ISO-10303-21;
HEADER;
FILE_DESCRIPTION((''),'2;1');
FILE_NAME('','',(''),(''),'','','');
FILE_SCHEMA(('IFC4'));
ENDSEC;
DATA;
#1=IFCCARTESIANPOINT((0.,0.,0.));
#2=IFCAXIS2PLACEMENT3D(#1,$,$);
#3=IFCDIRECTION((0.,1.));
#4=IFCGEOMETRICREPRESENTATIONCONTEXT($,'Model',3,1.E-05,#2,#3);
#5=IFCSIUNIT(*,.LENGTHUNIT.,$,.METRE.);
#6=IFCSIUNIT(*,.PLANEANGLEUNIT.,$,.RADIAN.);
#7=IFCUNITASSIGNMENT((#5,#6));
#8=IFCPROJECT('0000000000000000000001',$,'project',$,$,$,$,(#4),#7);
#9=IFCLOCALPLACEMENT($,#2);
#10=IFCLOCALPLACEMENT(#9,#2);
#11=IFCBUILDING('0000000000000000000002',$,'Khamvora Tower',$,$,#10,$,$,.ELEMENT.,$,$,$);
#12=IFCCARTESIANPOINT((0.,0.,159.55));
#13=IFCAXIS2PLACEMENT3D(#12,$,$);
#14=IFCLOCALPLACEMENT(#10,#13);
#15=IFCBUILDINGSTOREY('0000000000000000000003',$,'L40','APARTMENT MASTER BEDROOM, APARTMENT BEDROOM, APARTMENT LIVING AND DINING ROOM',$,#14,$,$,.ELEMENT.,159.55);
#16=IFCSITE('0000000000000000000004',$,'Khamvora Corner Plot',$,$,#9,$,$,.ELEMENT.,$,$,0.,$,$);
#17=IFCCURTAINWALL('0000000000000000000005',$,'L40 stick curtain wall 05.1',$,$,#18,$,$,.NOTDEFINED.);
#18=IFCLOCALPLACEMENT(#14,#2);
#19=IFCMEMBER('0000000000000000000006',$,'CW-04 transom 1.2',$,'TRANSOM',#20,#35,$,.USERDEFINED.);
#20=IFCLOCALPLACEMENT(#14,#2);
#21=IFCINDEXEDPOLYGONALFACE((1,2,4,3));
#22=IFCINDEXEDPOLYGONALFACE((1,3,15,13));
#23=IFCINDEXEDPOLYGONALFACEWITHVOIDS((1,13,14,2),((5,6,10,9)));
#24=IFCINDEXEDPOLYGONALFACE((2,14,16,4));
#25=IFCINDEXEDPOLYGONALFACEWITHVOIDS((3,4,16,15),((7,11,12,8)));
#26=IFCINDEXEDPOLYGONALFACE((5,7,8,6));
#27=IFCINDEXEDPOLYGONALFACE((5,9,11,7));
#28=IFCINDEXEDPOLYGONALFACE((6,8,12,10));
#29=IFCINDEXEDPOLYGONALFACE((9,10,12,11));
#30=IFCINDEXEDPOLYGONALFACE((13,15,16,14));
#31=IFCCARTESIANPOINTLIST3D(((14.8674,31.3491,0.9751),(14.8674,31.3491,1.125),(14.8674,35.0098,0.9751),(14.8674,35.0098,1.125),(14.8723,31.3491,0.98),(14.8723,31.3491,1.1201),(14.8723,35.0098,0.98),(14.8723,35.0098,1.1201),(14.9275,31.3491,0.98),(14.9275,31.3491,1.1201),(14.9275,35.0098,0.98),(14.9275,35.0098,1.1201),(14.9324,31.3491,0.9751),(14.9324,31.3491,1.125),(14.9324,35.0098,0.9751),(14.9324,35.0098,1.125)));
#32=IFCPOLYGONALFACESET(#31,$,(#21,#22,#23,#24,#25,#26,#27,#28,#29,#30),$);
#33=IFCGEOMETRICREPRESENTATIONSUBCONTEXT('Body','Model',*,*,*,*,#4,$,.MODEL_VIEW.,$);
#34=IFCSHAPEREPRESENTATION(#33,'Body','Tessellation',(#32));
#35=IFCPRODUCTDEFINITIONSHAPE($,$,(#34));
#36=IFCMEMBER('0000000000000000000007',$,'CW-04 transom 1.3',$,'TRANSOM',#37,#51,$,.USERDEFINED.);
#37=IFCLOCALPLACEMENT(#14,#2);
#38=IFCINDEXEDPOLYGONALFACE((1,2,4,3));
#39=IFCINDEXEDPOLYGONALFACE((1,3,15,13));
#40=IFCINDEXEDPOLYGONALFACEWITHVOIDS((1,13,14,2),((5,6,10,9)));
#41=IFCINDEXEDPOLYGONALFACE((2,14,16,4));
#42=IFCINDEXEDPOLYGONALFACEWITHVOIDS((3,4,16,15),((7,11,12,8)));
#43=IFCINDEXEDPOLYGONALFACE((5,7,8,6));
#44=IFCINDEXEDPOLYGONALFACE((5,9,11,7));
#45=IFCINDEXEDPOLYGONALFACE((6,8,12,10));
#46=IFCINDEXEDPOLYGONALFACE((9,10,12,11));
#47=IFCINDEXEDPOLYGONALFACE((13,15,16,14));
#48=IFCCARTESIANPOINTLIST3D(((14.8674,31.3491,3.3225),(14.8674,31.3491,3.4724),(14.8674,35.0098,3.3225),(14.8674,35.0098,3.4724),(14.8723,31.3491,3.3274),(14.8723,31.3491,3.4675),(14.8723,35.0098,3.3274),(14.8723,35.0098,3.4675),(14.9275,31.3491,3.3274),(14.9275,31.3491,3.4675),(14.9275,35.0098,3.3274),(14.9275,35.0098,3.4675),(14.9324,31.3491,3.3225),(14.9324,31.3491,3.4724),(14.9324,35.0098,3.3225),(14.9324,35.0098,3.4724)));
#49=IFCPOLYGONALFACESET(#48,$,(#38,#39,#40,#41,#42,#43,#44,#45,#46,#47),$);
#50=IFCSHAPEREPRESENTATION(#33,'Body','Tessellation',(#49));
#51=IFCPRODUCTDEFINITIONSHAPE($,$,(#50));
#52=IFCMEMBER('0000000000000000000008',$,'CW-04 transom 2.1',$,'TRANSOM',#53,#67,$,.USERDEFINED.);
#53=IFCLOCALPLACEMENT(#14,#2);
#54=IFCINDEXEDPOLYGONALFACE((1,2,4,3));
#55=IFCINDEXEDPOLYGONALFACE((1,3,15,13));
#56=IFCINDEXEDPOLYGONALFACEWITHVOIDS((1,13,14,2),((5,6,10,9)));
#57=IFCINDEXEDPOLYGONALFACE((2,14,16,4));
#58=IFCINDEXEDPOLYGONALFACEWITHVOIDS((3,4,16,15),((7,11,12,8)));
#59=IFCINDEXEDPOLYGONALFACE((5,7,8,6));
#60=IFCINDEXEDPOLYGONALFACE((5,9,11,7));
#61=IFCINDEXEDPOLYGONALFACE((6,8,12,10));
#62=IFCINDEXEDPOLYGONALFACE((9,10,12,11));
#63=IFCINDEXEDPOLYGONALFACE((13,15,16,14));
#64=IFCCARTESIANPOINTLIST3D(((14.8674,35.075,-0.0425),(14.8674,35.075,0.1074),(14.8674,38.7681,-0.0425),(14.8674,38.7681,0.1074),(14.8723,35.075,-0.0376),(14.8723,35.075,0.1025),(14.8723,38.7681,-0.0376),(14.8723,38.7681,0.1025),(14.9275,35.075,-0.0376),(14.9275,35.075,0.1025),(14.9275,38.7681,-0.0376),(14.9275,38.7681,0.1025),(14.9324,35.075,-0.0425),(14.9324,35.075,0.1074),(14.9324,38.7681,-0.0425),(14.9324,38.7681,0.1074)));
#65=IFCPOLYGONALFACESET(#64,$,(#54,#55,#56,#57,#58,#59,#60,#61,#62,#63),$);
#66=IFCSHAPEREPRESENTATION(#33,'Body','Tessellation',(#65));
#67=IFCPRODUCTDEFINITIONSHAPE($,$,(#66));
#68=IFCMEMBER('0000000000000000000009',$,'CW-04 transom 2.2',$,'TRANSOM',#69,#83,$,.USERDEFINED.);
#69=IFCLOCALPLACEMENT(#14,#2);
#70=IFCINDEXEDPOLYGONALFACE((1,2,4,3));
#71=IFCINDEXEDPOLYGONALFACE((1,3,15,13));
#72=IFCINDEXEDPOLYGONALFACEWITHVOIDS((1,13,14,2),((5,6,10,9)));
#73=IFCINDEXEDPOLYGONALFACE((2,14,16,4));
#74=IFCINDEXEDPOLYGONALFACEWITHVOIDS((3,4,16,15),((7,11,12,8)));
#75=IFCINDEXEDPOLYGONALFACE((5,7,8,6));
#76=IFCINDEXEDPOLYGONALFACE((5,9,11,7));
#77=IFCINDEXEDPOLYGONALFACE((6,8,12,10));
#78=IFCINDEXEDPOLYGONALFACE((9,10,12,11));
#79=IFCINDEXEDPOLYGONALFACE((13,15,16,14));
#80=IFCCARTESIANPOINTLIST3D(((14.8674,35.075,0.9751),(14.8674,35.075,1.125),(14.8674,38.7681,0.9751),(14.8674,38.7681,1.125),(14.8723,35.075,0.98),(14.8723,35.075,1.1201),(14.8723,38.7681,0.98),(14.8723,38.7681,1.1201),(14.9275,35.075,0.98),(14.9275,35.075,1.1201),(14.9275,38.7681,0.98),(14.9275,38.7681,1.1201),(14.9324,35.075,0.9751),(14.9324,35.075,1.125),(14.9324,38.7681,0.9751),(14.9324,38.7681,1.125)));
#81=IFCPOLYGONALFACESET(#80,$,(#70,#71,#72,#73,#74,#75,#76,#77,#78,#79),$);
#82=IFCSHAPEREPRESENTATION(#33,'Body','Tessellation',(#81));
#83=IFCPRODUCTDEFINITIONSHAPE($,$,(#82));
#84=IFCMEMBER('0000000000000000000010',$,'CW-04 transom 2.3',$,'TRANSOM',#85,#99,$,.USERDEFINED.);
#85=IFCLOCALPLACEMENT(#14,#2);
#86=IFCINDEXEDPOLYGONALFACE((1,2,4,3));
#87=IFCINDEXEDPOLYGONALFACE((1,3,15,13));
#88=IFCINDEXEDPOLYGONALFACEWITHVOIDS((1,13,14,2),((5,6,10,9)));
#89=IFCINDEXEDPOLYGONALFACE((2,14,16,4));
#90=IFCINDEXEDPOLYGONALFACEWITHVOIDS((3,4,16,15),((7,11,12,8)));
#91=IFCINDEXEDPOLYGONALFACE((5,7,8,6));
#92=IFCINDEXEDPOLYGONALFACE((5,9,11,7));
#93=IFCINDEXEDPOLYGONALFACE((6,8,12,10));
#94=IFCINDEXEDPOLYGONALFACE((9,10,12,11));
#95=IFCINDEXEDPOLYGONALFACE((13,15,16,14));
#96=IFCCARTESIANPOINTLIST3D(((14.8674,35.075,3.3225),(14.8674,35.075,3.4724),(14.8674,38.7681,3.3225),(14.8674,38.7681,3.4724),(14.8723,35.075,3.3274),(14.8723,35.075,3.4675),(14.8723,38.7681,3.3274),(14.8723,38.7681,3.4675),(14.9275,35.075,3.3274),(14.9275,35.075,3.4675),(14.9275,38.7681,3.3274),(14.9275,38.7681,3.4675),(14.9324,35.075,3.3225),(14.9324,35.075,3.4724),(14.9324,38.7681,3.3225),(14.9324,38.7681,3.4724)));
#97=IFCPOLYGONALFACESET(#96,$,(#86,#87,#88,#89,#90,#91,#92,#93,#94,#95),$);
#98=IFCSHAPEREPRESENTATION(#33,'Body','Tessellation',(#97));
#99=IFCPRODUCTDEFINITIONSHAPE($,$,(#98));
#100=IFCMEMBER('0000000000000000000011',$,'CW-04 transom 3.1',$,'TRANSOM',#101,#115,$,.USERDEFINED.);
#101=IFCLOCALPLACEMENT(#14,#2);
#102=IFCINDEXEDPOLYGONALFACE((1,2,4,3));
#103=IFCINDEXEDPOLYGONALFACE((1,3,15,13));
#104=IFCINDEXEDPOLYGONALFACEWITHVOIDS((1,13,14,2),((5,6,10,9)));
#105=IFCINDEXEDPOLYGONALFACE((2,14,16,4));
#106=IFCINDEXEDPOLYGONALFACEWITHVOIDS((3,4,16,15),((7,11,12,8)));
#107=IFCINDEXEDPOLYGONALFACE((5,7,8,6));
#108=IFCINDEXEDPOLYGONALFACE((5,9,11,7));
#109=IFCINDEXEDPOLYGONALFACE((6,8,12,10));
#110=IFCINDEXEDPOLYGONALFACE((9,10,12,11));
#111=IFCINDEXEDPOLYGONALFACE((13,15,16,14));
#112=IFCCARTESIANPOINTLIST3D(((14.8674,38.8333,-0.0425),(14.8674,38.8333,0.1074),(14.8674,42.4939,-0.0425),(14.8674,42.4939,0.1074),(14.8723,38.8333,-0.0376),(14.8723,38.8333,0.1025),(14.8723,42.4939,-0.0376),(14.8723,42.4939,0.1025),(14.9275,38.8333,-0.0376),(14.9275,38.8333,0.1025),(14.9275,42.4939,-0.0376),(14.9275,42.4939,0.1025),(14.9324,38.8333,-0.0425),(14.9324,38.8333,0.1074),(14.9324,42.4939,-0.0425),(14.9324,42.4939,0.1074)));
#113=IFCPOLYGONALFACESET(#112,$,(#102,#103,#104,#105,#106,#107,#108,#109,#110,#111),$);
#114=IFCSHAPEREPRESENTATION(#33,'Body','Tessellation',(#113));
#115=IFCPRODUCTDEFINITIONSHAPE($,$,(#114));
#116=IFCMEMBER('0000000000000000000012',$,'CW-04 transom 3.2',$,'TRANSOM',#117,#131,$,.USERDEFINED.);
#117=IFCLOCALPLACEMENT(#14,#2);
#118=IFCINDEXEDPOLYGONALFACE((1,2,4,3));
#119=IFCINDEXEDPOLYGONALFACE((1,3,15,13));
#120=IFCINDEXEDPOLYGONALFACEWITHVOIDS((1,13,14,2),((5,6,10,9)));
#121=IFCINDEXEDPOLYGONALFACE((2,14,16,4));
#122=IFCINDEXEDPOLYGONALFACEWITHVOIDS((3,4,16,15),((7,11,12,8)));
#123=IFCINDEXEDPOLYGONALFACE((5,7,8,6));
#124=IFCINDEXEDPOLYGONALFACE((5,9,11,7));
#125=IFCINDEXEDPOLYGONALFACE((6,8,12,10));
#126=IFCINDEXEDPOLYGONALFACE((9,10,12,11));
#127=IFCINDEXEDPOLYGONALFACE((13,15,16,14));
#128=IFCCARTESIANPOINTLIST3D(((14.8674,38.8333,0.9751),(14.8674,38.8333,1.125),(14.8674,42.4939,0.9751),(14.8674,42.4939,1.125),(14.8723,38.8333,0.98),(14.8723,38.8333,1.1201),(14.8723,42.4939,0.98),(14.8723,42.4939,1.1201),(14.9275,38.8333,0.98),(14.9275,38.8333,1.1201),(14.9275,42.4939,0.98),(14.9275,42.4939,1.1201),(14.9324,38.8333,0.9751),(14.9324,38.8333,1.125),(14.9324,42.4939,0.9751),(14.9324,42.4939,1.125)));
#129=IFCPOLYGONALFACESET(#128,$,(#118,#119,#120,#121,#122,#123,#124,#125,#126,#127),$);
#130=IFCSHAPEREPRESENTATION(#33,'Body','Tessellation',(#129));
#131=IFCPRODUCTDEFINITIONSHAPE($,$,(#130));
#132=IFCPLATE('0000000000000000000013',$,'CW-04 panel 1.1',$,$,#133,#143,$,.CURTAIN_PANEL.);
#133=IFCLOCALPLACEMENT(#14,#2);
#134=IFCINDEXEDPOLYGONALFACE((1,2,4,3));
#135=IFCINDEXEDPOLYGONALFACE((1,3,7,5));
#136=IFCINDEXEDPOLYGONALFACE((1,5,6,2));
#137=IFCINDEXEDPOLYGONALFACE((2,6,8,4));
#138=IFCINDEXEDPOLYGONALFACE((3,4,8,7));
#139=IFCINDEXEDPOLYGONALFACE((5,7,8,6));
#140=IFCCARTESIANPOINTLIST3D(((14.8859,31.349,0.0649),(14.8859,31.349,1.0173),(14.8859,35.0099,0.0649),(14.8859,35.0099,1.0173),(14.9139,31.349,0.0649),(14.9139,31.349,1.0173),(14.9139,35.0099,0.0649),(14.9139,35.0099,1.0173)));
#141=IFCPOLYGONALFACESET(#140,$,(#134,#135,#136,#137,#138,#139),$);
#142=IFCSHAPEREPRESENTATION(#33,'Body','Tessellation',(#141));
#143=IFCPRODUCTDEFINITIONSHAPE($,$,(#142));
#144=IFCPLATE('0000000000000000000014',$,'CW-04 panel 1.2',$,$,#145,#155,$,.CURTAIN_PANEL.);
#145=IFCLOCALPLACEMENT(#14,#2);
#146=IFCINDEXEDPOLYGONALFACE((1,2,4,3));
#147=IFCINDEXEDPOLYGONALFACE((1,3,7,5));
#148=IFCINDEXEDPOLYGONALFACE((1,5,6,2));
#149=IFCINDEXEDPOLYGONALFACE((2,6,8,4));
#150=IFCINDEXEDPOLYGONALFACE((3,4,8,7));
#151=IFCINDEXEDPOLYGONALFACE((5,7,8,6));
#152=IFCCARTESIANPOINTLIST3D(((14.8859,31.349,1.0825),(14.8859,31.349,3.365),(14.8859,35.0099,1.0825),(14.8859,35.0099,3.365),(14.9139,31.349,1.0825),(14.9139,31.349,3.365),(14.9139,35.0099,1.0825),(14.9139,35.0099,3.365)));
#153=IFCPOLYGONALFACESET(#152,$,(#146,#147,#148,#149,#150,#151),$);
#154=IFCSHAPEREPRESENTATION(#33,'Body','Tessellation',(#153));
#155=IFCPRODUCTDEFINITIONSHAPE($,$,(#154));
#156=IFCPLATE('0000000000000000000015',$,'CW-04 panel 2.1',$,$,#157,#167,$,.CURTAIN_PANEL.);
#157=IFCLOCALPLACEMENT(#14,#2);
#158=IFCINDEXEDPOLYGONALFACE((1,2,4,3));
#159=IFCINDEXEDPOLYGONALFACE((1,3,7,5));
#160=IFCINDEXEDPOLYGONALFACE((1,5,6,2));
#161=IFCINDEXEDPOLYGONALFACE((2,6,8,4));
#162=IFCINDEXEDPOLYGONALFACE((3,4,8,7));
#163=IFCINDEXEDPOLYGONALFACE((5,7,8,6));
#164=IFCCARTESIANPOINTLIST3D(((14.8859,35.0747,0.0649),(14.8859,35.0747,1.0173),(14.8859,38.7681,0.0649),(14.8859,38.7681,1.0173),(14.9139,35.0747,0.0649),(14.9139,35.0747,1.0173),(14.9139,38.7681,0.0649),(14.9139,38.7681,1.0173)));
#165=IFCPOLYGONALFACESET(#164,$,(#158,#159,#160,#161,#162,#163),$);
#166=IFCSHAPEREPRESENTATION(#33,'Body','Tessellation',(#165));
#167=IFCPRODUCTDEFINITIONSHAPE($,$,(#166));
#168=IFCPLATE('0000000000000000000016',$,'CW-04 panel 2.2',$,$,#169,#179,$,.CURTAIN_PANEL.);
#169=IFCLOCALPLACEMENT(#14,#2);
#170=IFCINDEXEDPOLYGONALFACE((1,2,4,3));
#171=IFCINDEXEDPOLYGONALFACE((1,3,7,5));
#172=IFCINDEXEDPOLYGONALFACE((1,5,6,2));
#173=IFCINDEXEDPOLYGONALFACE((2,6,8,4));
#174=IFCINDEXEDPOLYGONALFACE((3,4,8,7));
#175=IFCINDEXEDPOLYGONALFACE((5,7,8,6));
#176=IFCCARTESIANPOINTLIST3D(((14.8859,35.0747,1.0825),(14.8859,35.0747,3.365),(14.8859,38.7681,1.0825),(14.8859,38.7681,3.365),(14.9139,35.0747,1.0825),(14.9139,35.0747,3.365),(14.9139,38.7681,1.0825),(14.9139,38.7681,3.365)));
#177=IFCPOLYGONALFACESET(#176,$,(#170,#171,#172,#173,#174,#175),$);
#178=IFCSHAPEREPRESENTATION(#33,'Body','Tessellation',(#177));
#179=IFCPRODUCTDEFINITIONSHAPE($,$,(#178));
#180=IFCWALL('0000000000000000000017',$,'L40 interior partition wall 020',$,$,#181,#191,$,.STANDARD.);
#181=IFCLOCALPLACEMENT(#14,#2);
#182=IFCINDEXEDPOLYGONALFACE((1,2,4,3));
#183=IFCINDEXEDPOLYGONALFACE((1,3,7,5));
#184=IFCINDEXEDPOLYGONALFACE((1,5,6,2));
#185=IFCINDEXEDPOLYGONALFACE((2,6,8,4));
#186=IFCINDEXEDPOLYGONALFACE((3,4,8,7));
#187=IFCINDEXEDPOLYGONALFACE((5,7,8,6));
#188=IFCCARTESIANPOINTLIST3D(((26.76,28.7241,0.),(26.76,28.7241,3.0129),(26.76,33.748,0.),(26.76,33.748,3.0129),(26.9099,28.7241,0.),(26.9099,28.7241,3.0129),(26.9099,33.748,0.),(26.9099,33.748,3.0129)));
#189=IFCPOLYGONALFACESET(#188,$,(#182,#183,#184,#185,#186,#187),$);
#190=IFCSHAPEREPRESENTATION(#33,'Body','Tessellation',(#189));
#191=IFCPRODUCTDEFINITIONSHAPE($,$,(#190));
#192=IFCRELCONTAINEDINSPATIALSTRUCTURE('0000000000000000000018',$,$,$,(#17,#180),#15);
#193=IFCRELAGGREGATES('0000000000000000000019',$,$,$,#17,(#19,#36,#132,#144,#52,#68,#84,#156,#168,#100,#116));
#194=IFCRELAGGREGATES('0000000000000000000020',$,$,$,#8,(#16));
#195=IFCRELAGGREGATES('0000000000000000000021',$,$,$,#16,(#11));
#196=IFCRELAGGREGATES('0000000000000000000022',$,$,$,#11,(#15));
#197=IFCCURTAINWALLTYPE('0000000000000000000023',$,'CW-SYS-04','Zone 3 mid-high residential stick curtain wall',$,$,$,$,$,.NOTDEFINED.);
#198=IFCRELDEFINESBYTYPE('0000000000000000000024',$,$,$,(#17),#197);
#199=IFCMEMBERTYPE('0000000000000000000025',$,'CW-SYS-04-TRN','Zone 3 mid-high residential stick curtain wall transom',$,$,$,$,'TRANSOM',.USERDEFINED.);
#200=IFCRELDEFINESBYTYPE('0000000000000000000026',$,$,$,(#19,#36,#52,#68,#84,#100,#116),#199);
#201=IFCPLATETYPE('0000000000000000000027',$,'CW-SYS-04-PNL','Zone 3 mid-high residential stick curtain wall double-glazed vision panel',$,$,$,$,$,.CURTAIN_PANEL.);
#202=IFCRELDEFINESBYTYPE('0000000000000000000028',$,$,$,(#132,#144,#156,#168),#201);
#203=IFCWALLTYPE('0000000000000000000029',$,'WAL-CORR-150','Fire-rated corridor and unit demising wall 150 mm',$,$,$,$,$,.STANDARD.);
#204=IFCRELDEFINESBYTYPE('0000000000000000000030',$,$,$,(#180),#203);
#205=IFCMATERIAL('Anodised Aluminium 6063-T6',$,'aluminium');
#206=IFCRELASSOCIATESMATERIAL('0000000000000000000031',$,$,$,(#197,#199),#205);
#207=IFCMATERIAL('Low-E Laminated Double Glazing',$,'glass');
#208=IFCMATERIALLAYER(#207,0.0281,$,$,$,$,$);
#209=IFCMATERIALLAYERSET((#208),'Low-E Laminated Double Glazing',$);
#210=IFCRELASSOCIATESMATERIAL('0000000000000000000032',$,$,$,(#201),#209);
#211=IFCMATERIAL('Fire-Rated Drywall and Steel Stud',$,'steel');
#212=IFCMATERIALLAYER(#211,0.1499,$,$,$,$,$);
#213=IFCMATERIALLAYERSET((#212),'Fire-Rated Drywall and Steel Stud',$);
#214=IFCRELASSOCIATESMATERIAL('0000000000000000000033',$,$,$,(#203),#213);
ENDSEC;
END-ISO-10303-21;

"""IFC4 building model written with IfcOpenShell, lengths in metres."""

from ifc_helpers import new_model, si_unit, direction, frame, frame_2d, origin, origin_2d, place, context, subcontext, project, spatial, rectangle, hollow_rectangle, extrude, material, layer, layer_set, material_profile, profile_set, type_object, element, aggregate, save


model = new_model("IFC4")

# Units and contexts
model_context = context("Model", 3, precision=1e-05, world=origin(), true_north=direction((0.0, 1.0)))
body_context = subcontext(model_context, "Body", "Model", "MODEL_VIEW")
ifc_project = project(units=[si_unit("LENGTHUNIT", "METRE"), si_unit("PLANEANGLEUNIT", "RADIAN")], contexts=[model_context])

# Site, building, storey
site_placement = place(None, origin())
site = spatial("IfcSite", under=ifc_project, at=site_placement, Name="Khamvora Corner Plot", CompositionType="ELEMENT", RefElevation=0.0)
building_placement = place(site_placement, origin())
building = spatial("IfcBuilding", under=site, at=building_placement, Name="Khamvora Tower", CompositionType="ELEMENT")
storey_placement = place(building_placement, frame((0.0, 0.0, 159.55)))
storey = spatial("IfcBuildingStorey", under=building, at=storey_placement, Name="L40", Description="APARTMENT MASTER BEDROOM, APARTMENT BEDROOM, APARTMENT LIVING AND DINING ROOM", CompositionType="ELEMENT", Elevation=159.55)

# Curtain wall, members, plates
ifc_material_1 = material(Name="Anodised Aluminium 6063-T6", Category="aluminium")
curtain_wall_type = type_object("IfcCurtainWallType", Name="CW-SYS-04", Description="Zone 3 mid-high residential stick curtain wall", PredefinedType="NOTDEFINED", material=ifc_material_1)
curtain_wall_placement = place(storey_placement, origin())
curtain_wall = element("IfcCurtainWall", 1, at=curtain_wall_placement, inside=storey, type_object=curtain_wall_type, Name="L40 stick curtain wall 05.1", PredefinedType="NOTDEFINED")
ifc_material_profile_1 = material_profile(ifc_material_1, hollow_rectangle(XDim=0.0649, YDim=0.1499, WallThickness=0.0049, at=origin_2d()), Name="TRN65x150x5")
ifc_profile_set_1 = profile_set([ifc_material_profile_1], Name="Anodised Aluminium 6063-T6")
member_type_1 = type_object("IfcMemberType", Name="CW-SYS-04-TRN", Description="Zone 3 mid-high residential stick curtain wall transom", ElementType="TRANSOM", PredefinedType="USERDEFINED", material=ifc_profile_set_1)
member_1_placement = place(storey_placement, frame((14.8999, 31.3491, 1.05), z_axis=(0.0, 1.0, 0.0), x_axis=(-1.0, 0.0, 0.0)))
member_1 = element("IfcMember", 2, at=member_1_placement, type_object=member_type_1, Name="CW-04 transom 1.2", ObjectType="TRANSOM", PredefinedType="USERDEFINED", context=body_context, shape_type="SweptSolid", body=[
    extrude(hollow_rectangle(XDim=0.0649, YDim=0.1499, WallThickness=0.0049, at=origin_2d()), origin(), (0.0, 0.0, 1.0), 3.6606),
])
member_2_placement = place(storey_placement, frame((14.8999, 31.3491, 3.3975), z_axis=(0.0, 1.0, 0.0), x_axis=(-1.0, 0.0, 0.0)))
member_2 = element("IfcMember", 3, at=member_2_placement, type_object=member_type_1, Name="CW-04 transom 1.3", ObjectType="TRANSOM", PredefinedType="USERDEFINED", context=body_context, shape_type="SweptSolid", body=[
    extrude(hollow_rectangle(XDim=0.0649, YDim=0.1499, WallThickness=0.0049, at=origin_2d()), origin(), (0.0, 0.0, 1.0), 3.6606),
])
member_3_placement = place(storey_placement, frame((14.8999, 35.075, 0.0325), z_axis=(0.0, 1.0, 0.0), x_axis=(-1.0, 0.0, 0.0)))
member_3 = element("IfcMember", 4, at=member_3_placement, type_object=member_type_1, Name="CW-04 transom 2.1", ObjectType="TRANSOM", PredefinedType="USERDEFINED", context=body_context, shape_type="SweptSolid", body=[
    extrude(hollow_rectangle(XDim=0.0649, YDim=0.1499, WallThickness=0.0049, at=origin_2d()), origin(), (0.0, 0.0, 1.0), 3.6931),
])
member_4_placement = place(storey_placement, frame((14.8999, 35.075, 1.05), z_axis=(0.0, 1.0, 0.0), x_axis=(-1.0, 0.0, 0.0)))
member_4 = element("IfcMember", 5, at=member_4_placement, type_object=member_type_1, Name="CW-04 transom 2.2", ObjectType="TRANSOM", PredefinedType="USERDEFINED", context=body_context, shape_type="SweptSolid", body=[
    extrude(hollow_rectangle(XDim=0.0649, YDim=0.1499, WallThickness=0.0049, at=origin_2d()), origin(), (0.0, 0.0, 1.0), 3.6931),
])
member_5_placement = place(storey_placement, frame((14.8999, 35.075, 3.3975), z_axis=(0.0, 1.0, 0.0), x_axis=(-1.0, 0.0, 0.0)))
member_5 = element("IfcMember", 6, at=member_5_placement, type_object=member_type_1, Name="CW-04 transom 2.3", ObjectType="TRANSOM", PredefinedType="USERDEFINED", context=body_context, shape_type="SweptSolid", body=[
    extrude(hollow_rectangle(XDim=0.0649, YDim=0.1499, WallThickness=0.0049, at=origin_2d()), origin(), (0.0, 0.0, 1.0), 3.6931),
])
member_6_placement = place(storey_placement, frame((14.8999, 38.8333, 0.0325), z_axis=(0.0, 1.0, 0.0), x_axis=(-1.0, 0.0, 0.0)))
member_6 = element("IfcMember", 7, at=member_6_placement, type_object=member_type_1, Name="CW-04 transom 3.1", ObjectType="TRANSOM", PredefinedType="USERDEFINED", context=body_context, shape_type="SweptSolid", body=[
    extrude(hollow_rectangle(XDim=0.0649, YDim=0.1499, WallThickness=0.0049, at=origin_2d()), origin(), (0.0, 0.0, 1.0), 3.6606),
])
member_7_placement = place(storey_placement, frame((14.8999, 38.8333, 1.05), z_axis=(0.0, 1.0, 0.0), x_axis=(-1.0, 0.0, 0.0)))
member_7 = element("IfcMember", 8, at=member_7_placement, type_object=member_type_1, Name="CW-04 transom 3.2", ObjectType="TRANSOM", PredefinedType="USERDEFINED", context=body_context, shape_type="SweptSolid", body=[
    extrude(hollow_rectangle(XDim=0.0649, YDim=0.1499, WallThickness=0.0049, at=origin_2d()), origin(), (0.0, 0.0, 1.0), 3.6606),
])
ifc_material_2 = material(Name="Low-E Laminated Double Glazing", Category="glass")
ifc_layer_1 = layer(ifc_material_2, 0.0281)
ifc_layer_set_1 = layer_set([ifc_layer_1], Name="Low-E Laminated Double Glazing")
plate_type = type_object("IfcPlateType", Name="CW-SYS-04-PNL", Description="Zone 3 mid-high residential stick curtain wall double-glazed vision panel", PredefinedType="CURTAIN_PANEL", material=ifc_layer_set_1)
plate_1_placement = place(storey_placement, frame((14.8999, 33.1794, 0.0649), z_axis=(0.0, 0.0, 1.0), x_axis=(0.0, 1.0, 0.0)))
plate_1 = element("IfcPlate", 9, at=plate_1_placement, type_object=plate_type, Name="CW-04 panel 1.1", PredefinedType="CURTAIN_PANEL", context=body_context, shape_type="SweptSolid", body=[
    extrude(rectangle(XDim=3.6609, YDim=0.0281, at=origin_2d()), origin(), (0.0, 0.0, 1.0), 0.9524),
])
plate_2_placement = place(storey_placement, frame((14.8999, 33.1794, 1.0825), z_axis=(0.0, 0.0, 1.0), x_axis=(0.0, 1.0, 0.0)))
plate_2 = element("IfcPlate", 10, at=plate_2_placement, type_object=plate_type, Name="CW-04 panel 1.2", PredefinedType="CURTAIN_PANEL", context=body_context, shape_type="SweptSolid", body=[
    extrude(rectangle(XDim=3.6609, YDim=0.0281, at=origin_2d()), origin(), (0.0, 0.0, 1.0), 2.2825),
])
plate_3_placement = place(storey_placement, frame((14.8999, 36.9214, 0.0649), z_axis=(0.0, 0.0, 1.0), x_axis=(0.0, 1.0, 0.0)))
plate_3 = element("IfcPlate", 11, at=plate_3_placement, type_object=plate_type, Name="CW-04 panel 2.1", PredefinedType="CURTAIN_PANEL", context=body_context, shape_type="SweptSolid", body=[
    extrude(rectangle(XDim=3.6934, YDim=0.0281, at=origin_2d()), origin(), (0.0, 0.0, 1.0), 0.9524),
])
plate_4_placement = place(storey_placement, frame((14.8999, 36.9214, 1.0825), z_axis=(0.0, 0.0, 1.0), x_axis=(0.0, 1.0, 0.0)))
plate_4 = element("IfcPlate", 12, at=plate_4_placement, type_object=plate_type, Name="CW-04 panel 2.2", PredefinedType="CURTAIN_PANEL", context=body_context, shape_type="SweptSolid", body=[
    extrude(rectangle(XDim=3.6934, YDim=0.0281, at=origin_2d()), origin(), (0.0, 0.0, 1.0), 2.2825),
])
aggregate(curtain_wall, [member_1, member_2, plate_1, plate_2, member_3, member_4, member_5, plate_3, plate_4, member_6, member_7])

# Wall
ifc_material_3 = material(Name="Fire-Rated Drywall and Steel Stud", Category="steel")
ifc_layer_2 = layer(ifc_material_3, 0.1499)
ifc_layer_set_2 = layer_set([ifc_layer_2], Name="Fire-Rated Drywall and Steel Stud")
wall_type_1 = type_object("IfcWallType", Name="WAL-CORR-150", Description="Fire-rated corridor and unit demising wall 150 mm", PredefinedType="STANDARD", material=ifc_layer_set_2)
wall_1_placement = place(storey_placement, frame((26.835, 28.7241, 0.0), z_axis=(0.0, 0.0, 1.0), x_axis=(0.0, 1.0, 0.0)))
element("IfcWall", 13, at=wall_1_placement, inside=storey, type_object=wall_type_1, Name="L40 interior partition wall 020", PredefinedType="STANDARD", context=body_context, shape_type="SweptSolid", body=[
    extrude(rectangle(XDim=5.0239, YDim=0.1499, at=frame_2d((2.512, 0.0))), origin(), (0.0, 0.0, 1.0), 3.0129),
])

save(model, "model.ifc")
